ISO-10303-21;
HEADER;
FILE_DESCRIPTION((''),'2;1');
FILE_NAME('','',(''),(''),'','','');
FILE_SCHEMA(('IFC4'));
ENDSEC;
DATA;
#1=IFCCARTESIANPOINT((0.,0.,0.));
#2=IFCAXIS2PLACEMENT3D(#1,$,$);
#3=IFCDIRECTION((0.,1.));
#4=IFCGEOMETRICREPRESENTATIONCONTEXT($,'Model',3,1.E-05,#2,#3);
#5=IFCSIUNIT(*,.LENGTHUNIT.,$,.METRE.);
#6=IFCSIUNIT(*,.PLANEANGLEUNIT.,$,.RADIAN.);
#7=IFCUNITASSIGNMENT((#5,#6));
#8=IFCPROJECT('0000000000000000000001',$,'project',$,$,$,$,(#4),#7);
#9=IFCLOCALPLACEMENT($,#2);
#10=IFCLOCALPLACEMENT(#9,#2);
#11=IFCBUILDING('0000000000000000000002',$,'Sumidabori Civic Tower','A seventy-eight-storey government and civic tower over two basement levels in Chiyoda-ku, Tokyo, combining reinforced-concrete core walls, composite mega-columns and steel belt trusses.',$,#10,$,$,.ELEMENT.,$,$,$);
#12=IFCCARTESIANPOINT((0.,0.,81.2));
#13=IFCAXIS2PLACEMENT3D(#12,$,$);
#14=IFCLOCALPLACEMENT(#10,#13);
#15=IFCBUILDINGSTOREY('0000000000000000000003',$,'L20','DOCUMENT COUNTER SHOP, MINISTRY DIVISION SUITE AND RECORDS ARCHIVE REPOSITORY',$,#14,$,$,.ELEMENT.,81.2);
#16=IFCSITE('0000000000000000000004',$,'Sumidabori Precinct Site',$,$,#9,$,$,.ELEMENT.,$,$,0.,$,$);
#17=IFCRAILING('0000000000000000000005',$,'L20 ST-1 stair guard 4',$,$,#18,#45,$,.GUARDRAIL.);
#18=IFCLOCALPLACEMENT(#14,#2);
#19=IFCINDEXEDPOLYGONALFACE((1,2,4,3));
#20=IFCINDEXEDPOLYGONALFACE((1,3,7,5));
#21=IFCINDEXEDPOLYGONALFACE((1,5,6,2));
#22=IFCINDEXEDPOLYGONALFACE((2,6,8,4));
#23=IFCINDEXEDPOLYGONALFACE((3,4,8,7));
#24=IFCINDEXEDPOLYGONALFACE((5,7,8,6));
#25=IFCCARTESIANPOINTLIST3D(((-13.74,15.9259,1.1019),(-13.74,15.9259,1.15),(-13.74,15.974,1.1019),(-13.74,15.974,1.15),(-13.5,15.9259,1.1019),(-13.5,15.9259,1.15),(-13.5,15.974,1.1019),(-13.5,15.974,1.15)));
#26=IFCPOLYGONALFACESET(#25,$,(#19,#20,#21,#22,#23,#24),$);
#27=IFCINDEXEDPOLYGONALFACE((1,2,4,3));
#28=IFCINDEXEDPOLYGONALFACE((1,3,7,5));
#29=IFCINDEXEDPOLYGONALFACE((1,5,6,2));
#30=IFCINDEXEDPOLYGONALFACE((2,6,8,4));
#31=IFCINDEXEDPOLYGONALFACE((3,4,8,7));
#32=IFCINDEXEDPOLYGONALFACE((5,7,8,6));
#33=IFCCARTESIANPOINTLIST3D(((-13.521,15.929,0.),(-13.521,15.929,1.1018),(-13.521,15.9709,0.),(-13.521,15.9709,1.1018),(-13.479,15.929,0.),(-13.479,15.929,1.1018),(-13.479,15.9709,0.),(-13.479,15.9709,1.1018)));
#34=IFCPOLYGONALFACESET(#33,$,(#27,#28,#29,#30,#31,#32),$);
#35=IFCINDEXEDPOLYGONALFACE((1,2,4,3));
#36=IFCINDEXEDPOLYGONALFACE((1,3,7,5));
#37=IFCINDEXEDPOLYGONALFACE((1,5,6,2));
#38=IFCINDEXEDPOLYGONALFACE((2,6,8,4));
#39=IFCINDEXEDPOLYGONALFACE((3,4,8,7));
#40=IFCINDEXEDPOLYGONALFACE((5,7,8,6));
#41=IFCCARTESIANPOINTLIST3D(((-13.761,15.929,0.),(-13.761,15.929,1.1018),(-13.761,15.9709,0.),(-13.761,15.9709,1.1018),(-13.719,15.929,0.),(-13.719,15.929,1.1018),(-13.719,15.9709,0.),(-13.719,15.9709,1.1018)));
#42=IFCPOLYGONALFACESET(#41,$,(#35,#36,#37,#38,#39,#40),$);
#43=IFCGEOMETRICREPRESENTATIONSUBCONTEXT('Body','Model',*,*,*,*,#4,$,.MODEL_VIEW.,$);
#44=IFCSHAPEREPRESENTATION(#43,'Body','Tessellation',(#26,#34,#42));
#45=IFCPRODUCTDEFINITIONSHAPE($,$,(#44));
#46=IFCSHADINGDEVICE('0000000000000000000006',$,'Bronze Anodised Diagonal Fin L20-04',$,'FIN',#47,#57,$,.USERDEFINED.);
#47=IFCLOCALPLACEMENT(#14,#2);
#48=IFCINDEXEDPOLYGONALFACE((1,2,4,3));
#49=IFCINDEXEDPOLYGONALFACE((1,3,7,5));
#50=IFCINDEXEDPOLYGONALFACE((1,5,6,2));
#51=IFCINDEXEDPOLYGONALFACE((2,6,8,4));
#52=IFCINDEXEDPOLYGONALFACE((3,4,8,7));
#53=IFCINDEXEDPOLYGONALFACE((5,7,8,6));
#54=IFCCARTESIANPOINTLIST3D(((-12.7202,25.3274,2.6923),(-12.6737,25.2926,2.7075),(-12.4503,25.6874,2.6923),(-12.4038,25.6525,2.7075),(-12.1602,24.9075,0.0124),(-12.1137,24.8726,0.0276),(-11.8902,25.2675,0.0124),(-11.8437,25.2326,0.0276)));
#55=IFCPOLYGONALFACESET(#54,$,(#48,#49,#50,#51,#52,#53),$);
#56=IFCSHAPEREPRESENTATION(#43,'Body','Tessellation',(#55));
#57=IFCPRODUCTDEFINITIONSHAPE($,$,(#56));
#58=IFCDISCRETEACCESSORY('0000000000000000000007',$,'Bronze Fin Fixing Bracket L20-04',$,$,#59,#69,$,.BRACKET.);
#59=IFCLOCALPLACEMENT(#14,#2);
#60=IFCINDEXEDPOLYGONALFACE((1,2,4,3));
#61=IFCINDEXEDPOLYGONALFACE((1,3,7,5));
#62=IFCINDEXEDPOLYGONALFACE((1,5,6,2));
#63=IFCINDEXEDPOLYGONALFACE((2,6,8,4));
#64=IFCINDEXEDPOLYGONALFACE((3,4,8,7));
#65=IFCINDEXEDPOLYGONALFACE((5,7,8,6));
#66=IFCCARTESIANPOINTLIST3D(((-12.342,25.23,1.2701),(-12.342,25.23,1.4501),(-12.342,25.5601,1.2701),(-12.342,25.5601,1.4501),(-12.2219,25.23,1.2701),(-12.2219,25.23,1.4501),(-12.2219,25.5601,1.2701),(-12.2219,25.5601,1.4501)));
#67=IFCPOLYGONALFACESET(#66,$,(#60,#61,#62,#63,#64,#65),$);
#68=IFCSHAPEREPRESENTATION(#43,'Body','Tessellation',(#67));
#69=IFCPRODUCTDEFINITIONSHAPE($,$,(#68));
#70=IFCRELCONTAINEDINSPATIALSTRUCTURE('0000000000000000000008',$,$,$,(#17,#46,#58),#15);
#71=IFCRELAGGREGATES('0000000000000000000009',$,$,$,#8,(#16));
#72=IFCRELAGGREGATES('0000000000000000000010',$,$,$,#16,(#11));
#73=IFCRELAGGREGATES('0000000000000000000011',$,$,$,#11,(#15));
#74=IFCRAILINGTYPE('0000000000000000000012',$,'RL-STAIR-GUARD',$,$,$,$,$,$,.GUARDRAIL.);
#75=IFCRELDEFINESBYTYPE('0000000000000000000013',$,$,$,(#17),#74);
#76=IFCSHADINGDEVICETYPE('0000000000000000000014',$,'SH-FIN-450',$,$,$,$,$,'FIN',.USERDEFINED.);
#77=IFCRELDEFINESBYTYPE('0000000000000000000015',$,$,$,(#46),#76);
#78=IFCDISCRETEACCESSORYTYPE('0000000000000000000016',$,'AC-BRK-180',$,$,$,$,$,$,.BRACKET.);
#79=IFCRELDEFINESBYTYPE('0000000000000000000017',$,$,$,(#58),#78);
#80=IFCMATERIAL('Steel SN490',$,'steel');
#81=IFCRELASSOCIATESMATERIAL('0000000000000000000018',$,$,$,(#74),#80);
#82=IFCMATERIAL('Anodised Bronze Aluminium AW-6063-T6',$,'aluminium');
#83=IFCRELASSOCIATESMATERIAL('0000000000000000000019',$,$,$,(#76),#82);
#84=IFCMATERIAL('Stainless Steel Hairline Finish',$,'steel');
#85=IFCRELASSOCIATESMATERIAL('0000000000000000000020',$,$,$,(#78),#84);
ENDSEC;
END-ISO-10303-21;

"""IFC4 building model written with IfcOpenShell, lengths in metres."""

from ifc_helpers import new_model, si_unit, direction, frame, origin, origin_2d, place, context, subcontext, project, spatial, rectangle, extrude, source, transform, mapped, material, material_profile, profile_set, type_object, element, save


model = new_model("IFC4")

# Units and contexts
model_context = context("Model", 3, precision=1e-05, world=origin(), true_north=direction((0.0, 1.0)))
body_context = subcontext(model_context, "Body", "Model", "MODEL_VIEW")
ifc_project = project(units=[si_unit("LENGTHUNIT", "METRE"), si_unit("PLANEANGLEUNIT", "RADIAN")], contexts=[model_context])

# Site, building, storey
site_placement = place(None, origin())
site = spatial("IfcSite", under=ifc_project, at=site_placement, Name="Sumidabori Precinct Site", CompositionType="ELEMENT", RefElevation=0.0)
building_placement = place(site_placement, origin())
building = spatial("IfcBuilding", under=site, at=building_placement, Name="Sumidabori Civic Tower", Description="A seventy-eight-storey government and civic tower over two basement levels in Chiyoda-ku, Tokyo, combining reinforced-concrete core walls, composite mega-columns and steel belt trusses.", CompositionType="ELEMENT")
storey_placement = place(building_placement, frame((0.0, 0.0, 81.2)))
storey = spatial("IfcBuildingStorey", under=building, at=storey_placement, Name="L20", Description="DOCUMENT COUNTER SHOP, MINISTRY DIVISION SUITE AND RECORDS ARCHIVE REPOSITORY", CompositionType="ELEMENT", Elevation=81.2)

# Shared definitions
ifc_material_1 = material(Name="Anodised Bronze Aluminium AW-6063-T6", Category="aluminium")

# Railing
ifc_material_2 = material(Name="Stainless Steel Hairline Finish", Category="steel")
ifc_material_3 = material(Name="Steel SN490", Category="steel")
railing_type_1 = type_object("IfcRailingType", Name="RL-STAIR-GUARD", PredefinedType="GUARDRAIL", material=ifc_material_3)
railing_1_placement = place(storey_placement, frame((-13.5, 15.95, 0.0)))
element("IfcRailing", 1, at=railing_1_placement, inside=storey, type_object=railing_type_1, Name="L20 ST-1 stair guard 4", PredefinedType="GUARDRAIL", context=body_context, shape_type="SweptSolid", body=[
    extrude(rectangle(XDim=0.0481, YDim=0.0481, at=origin_2d()), frame((0.0, 0.0, 1.126), z_axis=(-1.0, 0.0, 0.0), x_axis=(0.0, -1.0, 0.0)), (0.0, 0.0, 1.0), 0.24),
    extrude(rectangle(XDim=0.042, YDim=0.042, at=origin_2d()), origin(), (0.0, 0.0, 1.0), 1.1018),
    extrude(rectangle(XDim=0.042, YDim=0.042, at=origin_2d()), frame((-0.24, 0.0, 0.0)), (0.0, 0.0, 1.0), 1.1018),
])

# Shading device
ifc_material_profile_1 = material_profile(ifc_material_1, rectangle(XDim=0.0601, YDim=0.45, at=origin_2d()), Name="BRONZE FIN 450x60")
ifc_profile_set_1 = profile_set([ifc_material_profile_1], Name="Anodised Bronze Aluminium AW-6063-T6")
shading_device_type = type_object("IfcShadingDeviceType", Name="SH-FIN-450", ElementType="FIN", PredefinedType="USERDEFINED", material=ifc_profile_set_1)
shared_shape_1 = source(origin(), body_context, "Body", "SweptSolid", [
    extrude(rectangle(XDim=0.0601, YDim=0.45, at=origin_2d()), origin(), (0.0, 0.0, 1.0), 2.7698),
])
shading_device_placement = place(storey_placement, frame((-12.002, 25.0701, 0.02), z_axis=(-0.202199, 0.151605, 0.967539), x_axis=(0.774112, -0.580415, 0.252722)))
element("IfcShadingDevice", 2, at=shading_device_placement, inside=storey, type_object=shading_device_type, Name="Bronze Anodised Diagonal Fin L20-04", ObjectType="FIN", PredefinedType="USERDEFINED", context=body_context, shape_type="MappedRepresentation", body=[
    mapped(shared_shape_1, transform((0.0, 0.0, 0.0), x_axis=(1.0, 0.0, 0.0), y_axis=(0.0, 1.0, 0.0), z_axis=(0.0, 0.0, 1.0), scale=1.0)),
])

# Discrete accessory
ifc_material_profile_2 = material_profile(ifc_material_2, rectangle(XDim=0.1201, YDim=0.1799, at=origin_2d()), Name="STEEL BRACKET 180x120")
ifc_profile_set_2 = profile_set([ifc_material_profile_2], Name="Stainless Steel Hairline Finish")
discrete_accessory_type = type_object("IfcDiscreteAccessoryType", Name="AC-BRK-180", PredefinedType="BRACKET", material=ifc_profile_set_2)
shared_shape_2 = source(origin(), body_context, "Body", "SweptSolid", [
    extrude(rectangle(XDim=0.1201, YDim=0.1799, at=origin_2d()), origin(), (0.0, 0.0, 1.0), 0.3301),
])
discrete_accessory_placement = place(storey_placement, frame((-12.282, 25.23, 1.3601), z_axis=(0.0, 1.0, 0.0), x_axis=(-1.0, 0.0, 0.0)))
element("IfcDiscreteAccessory", 3, at=discrete_accessory_placement, inside=storey, type_object=discrete_accessory_type, Name="Bronze Fin Fixing Bracket L20-04", PredefinedType="BRACKET", context=body_context, shape_type="MappedRepresentation", body=[
    mapped(shared_shape_2, transform((0.0, 0.0, 0.0), x_axis=(1.0, 0.0, 0.0), y_axis=(0.0, 1.0, 0.0), z_axis=(0.0, 0.0, 1.0), scale=1.0)),
])

save(model, "model.ifc")
